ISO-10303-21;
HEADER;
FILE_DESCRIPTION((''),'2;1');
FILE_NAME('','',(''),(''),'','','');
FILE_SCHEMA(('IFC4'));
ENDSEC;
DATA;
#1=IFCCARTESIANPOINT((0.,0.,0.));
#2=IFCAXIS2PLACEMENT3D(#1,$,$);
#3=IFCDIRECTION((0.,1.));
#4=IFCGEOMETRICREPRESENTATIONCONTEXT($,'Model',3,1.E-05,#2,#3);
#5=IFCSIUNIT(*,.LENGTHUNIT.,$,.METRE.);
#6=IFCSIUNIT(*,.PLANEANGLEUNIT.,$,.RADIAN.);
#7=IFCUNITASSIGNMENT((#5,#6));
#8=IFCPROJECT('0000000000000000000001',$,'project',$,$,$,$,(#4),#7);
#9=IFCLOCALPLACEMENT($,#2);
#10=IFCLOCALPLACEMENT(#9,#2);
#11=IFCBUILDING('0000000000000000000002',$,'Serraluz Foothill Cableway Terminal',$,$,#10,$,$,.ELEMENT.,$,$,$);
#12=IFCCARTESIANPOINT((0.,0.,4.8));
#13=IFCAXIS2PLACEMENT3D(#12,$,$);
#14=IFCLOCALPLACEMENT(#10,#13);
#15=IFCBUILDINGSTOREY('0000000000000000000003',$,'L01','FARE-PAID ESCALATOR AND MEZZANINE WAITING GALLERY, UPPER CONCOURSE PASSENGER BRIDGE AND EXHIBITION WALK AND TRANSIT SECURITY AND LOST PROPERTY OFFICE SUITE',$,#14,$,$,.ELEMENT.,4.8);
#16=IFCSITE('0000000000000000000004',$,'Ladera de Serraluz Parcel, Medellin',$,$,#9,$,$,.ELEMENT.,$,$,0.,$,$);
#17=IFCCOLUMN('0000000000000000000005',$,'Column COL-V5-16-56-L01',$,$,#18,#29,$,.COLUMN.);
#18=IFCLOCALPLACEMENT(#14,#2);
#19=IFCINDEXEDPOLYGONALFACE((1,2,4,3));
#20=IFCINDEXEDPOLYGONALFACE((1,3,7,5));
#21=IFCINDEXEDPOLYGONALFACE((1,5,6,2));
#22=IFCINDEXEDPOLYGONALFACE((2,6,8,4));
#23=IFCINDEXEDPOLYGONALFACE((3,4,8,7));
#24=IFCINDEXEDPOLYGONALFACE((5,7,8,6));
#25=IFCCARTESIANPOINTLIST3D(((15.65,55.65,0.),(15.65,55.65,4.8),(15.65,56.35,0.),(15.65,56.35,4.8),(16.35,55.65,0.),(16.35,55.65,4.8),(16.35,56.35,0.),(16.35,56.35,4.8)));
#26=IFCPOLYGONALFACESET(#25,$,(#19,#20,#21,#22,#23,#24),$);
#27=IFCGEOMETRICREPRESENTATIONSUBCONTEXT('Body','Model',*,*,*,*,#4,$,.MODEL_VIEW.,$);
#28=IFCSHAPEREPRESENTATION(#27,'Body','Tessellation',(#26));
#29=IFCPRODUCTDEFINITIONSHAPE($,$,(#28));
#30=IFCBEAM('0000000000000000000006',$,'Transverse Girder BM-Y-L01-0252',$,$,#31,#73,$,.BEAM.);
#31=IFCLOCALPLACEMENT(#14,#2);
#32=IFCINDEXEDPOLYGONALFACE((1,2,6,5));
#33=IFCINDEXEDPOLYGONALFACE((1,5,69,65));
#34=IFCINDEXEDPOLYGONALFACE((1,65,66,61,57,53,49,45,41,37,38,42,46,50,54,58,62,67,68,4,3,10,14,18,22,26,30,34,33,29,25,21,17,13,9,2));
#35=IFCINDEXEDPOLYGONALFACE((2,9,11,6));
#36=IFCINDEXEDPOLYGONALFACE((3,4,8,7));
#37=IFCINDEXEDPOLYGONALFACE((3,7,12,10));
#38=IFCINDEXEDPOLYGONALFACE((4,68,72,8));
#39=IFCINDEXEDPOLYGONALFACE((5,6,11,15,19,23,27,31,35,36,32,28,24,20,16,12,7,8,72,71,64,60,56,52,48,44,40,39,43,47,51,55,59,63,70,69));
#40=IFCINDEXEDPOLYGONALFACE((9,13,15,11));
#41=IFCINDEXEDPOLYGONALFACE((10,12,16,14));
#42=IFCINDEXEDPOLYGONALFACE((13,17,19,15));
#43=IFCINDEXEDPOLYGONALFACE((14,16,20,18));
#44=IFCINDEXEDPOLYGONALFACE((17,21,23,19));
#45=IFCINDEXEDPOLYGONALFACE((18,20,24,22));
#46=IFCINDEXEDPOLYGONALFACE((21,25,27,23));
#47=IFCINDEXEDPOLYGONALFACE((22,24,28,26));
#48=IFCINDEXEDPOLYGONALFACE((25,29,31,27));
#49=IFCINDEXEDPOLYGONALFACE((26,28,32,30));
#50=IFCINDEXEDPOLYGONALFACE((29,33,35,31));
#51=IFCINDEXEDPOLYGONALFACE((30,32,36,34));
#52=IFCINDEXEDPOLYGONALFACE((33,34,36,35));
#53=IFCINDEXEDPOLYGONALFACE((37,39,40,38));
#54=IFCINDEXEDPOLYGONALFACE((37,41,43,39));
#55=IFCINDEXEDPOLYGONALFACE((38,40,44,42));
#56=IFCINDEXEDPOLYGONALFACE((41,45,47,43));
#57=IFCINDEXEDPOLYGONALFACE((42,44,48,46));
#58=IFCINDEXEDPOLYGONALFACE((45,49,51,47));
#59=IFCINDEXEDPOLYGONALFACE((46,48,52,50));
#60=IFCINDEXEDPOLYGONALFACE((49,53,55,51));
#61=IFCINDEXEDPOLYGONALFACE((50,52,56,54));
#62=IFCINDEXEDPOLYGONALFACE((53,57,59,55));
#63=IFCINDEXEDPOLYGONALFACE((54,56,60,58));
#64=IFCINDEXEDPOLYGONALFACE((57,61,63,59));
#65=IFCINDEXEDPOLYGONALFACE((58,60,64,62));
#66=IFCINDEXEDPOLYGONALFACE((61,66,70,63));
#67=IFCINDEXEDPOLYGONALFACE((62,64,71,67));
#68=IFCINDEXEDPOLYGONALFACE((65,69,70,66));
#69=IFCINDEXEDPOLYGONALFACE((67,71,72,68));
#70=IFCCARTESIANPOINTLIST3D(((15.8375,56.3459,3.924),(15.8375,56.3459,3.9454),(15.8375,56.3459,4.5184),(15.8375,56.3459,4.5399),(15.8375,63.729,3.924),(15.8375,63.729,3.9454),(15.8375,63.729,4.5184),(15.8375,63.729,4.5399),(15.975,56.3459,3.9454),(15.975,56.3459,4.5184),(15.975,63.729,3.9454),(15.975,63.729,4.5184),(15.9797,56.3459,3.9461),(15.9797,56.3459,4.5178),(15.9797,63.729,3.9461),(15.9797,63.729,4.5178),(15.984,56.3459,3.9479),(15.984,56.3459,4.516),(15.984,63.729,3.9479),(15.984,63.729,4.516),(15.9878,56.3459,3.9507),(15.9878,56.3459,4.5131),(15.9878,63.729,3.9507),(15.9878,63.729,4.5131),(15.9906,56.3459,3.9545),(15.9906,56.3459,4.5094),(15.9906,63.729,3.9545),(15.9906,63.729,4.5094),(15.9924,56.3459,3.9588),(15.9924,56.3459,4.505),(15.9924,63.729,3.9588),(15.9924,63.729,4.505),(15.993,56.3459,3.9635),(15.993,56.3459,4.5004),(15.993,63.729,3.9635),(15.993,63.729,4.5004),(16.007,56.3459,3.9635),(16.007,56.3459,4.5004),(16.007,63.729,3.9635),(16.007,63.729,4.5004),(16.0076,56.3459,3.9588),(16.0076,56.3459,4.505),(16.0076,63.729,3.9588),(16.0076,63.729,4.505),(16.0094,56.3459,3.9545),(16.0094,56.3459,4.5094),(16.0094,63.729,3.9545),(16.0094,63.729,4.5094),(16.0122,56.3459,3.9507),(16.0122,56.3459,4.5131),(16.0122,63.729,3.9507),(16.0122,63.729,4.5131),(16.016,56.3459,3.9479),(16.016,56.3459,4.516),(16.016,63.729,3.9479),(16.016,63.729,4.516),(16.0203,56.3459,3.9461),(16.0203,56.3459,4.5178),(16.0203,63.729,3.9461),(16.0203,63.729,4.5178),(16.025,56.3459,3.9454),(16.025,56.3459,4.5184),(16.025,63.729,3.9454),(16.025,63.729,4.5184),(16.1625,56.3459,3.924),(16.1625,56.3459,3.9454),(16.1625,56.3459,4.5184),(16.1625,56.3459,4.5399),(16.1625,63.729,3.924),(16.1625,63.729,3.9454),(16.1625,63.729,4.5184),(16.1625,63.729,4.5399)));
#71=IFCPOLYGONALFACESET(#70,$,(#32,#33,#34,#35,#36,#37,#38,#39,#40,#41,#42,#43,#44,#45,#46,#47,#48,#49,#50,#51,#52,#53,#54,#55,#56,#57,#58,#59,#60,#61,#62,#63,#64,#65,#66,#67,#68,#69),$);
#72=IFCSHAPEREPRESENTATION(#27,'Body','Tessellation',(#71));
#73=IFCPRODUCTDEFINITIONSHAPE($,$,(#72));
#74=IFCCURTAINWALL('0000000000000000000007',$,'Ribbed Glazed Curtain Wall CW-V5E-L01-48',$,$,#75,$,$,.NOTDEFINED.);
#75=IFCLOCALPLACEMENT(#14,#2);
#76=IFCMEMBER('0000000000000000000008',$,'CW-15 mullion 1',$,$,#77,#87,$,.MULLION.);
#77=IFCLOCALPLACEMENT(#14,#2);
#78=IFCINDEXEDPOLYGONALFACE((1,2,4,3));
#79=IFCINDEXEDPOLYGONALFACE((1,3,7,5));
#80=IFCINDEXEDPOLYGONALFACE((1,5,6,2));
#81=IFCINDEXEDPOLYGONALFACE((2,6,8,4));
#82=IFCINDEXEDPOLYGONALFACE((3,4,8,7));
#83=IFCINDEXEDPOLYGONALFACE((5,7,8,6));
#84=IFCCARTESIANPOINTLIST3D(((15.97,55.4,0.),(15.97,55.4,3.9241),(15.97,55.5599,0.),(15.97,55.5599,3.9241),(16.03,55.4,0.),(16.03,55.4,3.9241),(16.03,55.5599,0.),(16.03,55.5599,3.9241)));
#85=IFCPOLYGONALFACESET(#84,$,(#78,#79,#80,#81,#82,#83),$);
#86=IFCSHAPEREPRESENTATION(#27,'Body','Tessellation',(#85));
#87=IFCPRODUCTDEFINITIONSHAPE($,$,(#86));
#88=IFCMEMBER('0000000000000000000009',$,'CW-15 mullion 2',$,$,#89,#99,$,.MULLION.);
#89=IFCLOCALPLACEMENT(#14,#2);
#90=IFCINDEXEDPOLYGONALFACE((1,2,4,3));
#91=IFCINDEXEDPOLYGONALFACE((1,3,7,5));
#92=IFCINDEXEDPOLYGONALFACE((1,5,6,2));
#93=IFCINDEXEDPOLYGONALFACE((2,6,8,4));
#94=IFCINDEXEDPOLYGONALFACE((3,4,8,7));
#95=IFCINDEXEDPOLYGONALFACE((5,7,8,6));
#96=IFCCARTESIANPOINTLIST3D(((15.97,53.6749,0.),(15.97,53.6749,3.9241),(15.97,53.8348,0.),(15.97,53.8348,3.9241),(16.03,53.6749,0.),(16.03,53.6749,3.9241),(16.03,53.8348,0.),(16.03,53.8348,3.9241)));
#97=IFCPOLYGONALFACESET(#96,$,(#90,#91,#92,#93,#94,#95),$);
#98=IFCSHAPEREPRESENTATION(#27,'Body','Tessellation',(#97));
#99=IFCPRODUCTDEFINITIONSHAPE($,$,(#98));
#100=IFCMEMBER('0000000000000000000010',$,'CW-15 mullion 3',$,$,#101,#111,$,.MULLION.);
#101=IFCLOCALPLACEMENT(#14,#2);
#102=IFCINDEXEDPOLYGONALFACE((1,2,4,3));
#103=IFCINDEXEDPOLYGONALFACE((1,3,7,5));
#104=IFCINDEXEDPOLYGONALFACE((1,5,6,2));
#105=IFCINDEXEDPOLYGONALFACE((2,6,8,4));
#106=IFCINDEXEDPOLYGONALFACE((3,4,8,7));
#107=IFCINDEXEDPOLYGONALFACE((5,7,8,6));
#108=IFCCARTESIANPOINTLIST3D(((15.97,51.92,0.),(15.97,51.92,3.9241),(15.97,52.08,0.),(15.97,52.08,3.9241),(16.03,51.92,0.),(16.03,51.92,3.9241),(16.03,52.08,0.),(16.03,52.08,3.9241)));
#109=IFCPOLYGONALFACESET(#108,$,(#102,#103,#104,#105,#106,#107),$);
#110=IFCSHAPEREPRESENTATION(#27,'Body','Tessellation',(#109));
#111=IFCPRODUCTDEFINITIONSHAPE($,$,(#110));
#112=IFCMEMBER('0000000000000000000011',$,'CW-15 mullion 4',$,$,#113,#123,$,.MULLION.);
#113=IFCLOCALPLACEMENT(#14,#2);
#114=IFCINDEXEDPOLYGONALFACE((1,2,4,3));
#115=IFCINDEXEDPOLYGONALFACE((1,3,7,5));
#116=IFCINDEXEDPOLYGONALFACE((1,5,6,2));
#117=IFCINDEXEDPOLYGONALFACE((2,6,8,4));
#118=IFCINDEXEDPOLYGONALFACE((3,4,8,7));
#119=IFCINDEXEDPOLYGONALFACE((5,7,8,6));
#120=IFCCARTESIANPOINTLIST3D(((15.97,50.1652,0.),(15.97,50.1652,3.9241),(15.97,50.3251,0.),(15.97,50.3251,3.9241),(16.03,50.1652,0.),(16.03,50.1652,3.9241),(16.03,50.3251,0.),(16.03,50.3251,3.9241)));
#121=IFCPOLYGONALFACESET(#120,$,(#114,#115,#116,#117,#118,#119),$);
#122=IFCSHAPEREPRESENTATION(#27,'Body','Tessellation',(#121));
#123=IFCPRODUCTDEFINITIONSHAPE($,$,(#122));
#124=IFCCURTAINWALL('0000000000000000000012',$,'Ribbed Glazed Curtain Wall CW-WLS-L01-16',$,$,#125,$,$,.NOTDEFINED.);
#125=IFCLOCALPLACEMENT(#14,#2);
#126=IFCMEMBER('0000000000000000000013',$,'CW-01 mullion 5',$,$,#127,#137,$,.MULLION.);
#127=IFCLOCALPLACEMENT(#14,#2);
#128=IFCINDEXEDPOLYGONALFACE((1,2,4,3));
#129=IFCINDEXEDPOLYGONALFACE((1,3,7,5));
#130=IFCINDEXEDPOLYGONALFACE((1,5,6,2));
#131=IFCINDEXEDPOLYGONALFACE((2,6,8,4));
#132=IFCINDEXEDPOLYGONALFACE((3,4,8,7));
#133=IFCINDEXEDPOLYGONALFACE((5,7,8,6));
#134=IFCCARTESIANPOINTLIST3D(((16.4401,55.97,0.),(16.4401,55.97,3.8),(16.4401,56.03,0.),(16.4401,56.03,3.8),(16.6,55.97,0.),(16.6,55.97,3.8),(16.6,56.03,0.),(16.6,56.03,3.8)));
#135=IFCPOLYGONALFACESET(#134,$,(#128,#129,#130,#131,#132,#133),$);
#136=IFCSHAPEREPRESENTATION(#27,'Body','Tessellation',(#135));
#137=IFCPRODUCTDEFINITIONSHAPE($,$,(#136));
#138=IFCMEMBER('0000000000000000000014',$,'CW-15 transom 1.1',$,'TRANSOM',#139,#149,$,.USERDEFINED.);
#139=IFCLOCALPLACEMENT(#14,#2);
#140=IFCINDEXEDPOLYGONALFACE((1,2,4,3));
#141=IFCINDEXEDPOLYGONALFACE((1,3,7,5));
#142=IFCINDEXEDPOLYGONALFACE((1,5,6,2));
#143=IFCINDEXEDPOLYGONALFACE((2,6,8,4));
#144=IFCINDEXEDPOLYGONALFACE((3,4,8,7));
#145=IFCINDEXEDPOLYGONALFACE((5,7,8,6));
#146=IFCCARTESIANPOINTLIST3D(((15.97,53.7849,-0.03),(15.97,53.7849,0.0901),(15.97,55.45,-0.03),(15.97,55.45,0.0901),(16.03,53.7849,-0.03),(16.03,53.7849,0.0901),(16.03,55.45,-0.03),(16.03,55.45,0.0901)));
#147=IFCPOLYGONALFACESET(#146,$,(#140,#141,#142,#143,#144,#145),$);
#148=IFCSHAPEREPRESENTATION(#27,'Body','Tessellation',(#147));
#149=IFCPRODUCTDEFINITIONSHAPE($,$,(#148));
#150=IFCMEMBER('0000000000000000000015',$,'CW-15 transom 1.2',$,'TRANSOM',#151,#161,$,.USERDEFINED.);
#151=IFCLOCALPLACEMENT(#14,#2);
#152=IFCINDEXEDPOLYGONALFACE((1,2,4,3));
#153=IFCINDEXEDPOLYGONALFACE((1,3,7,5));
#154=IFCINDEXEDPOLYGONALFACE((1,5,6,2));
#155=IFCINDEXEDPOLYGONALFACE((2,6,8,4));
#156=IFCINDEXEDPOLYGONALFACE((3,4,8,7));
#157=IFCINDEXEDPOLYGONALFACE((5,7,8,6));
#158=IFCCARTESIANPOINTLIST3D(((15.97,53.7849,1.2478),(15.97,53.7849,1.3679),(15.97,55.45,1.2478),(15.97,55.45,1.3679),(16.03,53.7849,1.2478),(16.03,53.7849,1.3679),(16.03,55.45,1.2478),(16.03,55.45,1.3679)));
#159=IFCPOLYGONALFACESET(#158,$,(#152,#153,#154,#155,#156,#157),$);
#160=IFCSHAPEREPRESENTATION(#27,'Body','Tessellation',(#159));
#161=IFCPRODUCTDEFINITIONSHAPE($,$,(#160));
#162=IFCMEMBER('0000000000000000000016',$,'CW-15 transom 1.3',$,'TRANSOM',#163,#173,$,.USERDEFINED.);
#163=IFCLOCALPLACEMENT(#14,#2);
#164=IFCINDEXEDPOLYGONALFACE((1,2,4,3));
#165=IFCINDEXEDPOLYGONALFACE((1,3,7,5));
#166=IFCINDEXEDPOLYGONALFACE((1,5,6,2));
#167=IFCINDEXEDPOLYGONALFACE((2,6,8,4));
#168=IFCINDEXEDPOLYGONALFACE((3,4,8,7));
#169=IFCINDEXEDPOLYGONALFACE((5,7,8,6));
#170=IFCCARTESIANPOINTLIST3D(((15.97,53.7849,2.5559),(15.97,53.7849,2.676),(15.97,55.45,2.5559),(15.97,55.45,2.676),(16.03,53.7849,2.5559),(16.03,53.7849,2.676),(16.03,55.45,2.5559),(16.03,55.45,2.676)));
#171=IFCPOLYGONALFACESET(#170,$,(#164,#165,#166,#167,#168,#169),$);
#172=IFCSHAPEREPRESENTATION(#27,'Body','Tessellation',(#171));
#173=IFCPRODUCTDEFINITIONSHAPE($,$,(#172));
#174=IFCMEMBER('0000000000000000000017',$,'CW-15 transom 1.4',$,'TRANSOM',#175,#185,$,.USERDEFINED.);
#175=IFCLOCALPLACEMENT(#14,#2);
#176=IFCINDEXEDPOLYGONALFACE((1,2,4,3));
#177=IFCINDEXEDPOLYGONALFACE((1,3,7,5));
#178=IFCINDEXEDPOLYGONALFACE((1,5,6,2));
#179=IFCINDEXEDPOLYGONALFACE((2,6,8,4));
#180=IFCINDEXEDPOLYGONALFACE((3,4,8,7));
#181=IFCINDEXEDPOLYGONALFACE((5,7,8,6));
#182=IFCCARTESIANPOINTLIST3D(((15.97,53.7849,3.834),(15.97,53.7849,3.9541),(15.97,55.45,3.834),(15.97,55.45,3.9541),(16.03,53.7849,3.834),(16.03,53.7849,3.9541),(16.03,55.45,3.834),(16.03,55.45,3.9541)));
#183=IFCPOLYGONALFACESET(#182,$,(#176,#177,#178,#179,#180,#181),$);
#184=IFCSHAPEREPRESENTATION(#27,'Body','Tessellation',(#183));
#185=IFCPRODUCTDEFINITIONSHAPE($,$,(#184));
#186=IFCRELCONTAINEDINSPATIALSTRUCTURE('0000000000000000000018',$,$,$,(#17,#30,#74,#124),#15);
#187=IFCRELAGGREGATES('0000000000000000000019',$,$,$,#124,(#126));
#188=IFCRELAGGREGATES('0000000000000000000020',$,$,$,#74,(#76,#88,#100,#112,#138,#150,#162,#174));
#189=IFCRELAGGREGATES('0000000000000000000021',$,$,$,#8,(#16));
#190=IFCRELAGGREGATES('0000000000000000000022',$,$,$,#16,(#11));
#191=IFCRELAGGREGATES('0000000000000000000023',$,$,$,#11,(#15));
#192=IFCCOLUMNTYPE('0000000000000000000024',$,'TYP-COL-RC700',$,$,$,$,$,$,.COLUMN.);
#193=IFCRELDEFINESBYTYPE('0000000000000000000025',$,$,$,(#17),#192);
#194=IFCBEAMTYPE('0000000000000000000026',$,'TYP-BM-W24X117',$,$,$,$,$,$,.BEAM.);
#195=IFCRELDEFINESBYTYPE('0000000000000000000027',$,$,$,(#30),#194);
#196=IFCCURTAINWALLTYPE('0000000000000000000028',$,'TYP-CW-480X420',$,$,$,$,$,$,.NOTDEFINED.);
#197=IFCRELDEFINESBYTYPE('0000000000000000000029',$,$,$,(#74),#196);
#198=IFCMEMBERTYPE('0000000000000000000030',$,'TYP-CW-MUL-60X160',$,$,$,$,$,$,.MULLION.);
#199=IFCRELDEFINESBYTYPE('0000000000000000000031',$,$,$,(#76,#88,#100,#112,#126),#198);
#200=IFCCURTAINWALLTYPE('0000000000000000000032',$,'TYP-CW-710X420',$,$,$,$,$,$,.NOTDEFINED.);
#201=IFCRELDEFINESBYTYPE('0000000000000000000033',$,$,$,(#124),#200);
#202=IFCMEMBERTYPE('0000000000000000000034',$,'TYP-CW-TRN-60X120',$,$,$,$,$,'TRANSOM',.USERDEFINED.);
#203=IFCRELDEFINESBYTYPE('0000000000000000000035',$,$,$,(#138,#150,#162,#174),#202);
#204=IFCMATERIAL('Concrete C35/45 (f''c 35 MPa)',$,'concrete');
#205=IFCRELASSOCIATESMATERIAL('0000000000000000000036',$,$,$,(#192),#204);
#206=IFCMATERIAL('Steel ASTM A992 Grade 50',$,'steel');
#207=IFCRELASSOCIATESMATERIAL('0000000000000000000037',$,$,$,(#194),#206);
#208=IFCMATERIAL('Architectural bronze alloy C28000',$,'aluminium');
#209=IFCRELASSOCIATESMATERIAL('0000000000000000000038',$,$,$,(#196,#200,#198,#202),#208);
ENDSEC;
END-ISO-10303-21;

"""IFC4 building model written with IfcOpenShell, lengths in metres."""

from ifc_helpers import new_model, si_unit, direction, frame, origin, origin_2d, place, context, subcontext, project, spatial, rectangle, i_section, extrude, material, material_profile, profile_set, type_object, element, aggregate, save


model = new_model("IFC4")

# Units and contexts
model_context = context("Model", 3, precision=1e-05, world=origin(), true_north=direction((0.0, 1.0)))
body_context = subcontext(model_context, "Body", "Model", "MODEL_VIEW")
ifc_project = project(units=[si_unit("LENGTHUNIT", "METRE"), si_unit("PLANEANGLEUNIT", "RADIAN")], contexts=[model_context])

# Site, building, storey
site_placement = place(None, origin())
site = spatial("IfcSite", under=ifc_project, at=site_placement, Name="Ladera de Serraluz Parcel, Medellin", CompositionType="ELEMENT", RefElevation=0.0)
building_placement = place(site_placement, origin())
building = spatial("IfcBuilding", under=site, at=building_placement, Name="Serraluz Foothill Cableway Terminal", CompositionType="ELEMENT")
storey_placement = place(building_placement, frame((0.0, 0.0, 4.8)))
storey = spatial("IfcBuildingStorey", under=building, at=storey_placement, Name="L01", Description="FARE-PAID ESCALATOR AND MEZZANINE WAITING GALLERY, UPPER CONCOURSE PASSENGER BRIDGE AND EXHIBITION WALK AND TRANSIT SECURITY AND LOST PROPERTY OFFICE SUITE", CompositionType="ELEMENT", Elevation=4.8)

# Column
ifc_material_1 = material(Name="Concrete C35/45 (f'c 35 MPa)", Category="concrete")
ifc_material_profile_1 = material_profile(ifc_material_1, rectangle(XDim=0.7, YDim=0.7, at=origin_2d()), Name="RC 700x700")
ifc_profile_set_1 = profile_set([ifc_material_profile_1], Name="Concrete C35/45 (f'c 35 MPa)")
column_type = type_object("IfcColumnType", Name="TYP-COL-RC700", PredefinedType="COLUMN", material=ifc_profile_set_1)
column_placement = place(storey_placement, frame((16.0, 56.0, 0.0), z_axis=(0.0, 0.0, 1.0), x_axis=(1.0, 0.0, 0.0)))
element("IfcColumn", 1, at=column_placement, inside=storey, type_object=column_type, Name="Column COL-V5-16-56-L01", PredefinedType="COLUMN", context=body_context, shape_type="SweptSolid", body=[
    extrude(rectangle(XDim=0.7, YDim=0.7, at=origin_2d()), origin(), (0.0, 0.0, 1.0), 4.8),
])

# Beam
ifc_material_2 = material(Name="Steel ASTM A992 Grade 50", Category="steel")
ifc_material_profile_2 = material_profile(ifc_material_2, i_section(OverallWidth=0.325, OverallDepth=0.616, WebThickness=0.0139, FlangeThickness=0.0215, FilletRadius=0.0181, at=origin_2d()), Name="W24X117")
ifc_profile_set_2 = profile_set([ifc_material_profile_2], Name="Steel ASTM A992 Grade 50")
beam_type_1 = type_object("IfcBeamType", Name="TYP-BM-W24X117", PredefinedType="BEAM", material=ifc_profile_set_2)
beam_1_placement = place(storey_placement, frame((16.0, 56.3459, 4.2319), z_axis=(0.0, 1.0, 0.0), x_axis=(-1.0, 0.0, 0.0)))
element("IfcBeam", 2, at=beam_1_placement, inside=storey, type_object=beam_type_1, Name="Transverse Girder BM-Y-L01-0252", PredefinedType="BEAM", context=body_context, shape_type="SweptSolid", body=[
    extrude(i_section(OverallWidth=0.325, OverallDepth=0.616, WebThickness=0.0139, FlangeThickness=0.0215, FilletRadius=0.0181, at=origin_2d()), origin(), (0.0, 0.0, 1.0), 7.3831),
])

# Curtain wall, members
ifc_material_3 = material(Name="Architectural bronze alloy C28000", Category="aluminium")
curtain_wall_type_1 = type_object("IfcCurtainWallType", Name="TYP-CW-480X420", PredefinedType="NOTDEFINED", material=ifc_material_3)
curtain_wall_1_placement = place(storey_placement, origin())
curtain_wall_1 = element("IfcCurtainWall", 3, at=curtain_wall_1_placement, inside=storey, type_object=curtain_wall_type_1, Name="Ribbed Glazed Curtain Wall CW-V5E-L01-48", PredefinedType="NOTDEFINED")
ifc_material_profile_3 = material_profile(ifc_material_3, rectangle(XDim=0.0601, YDim=0.1599, at=origin_2d()), Name="ALU MULLION 60x160")
ifc_profile_set_3 = profile_set([ifc_material_profile_3], Name="Architectural bronze alloy C28000")
member_type_1 = type_object("IfcMemberType", Name="TYP-CW-MUL-60X160", PredefinedType="MULLION", material=ifc_profile_set_3)
member_1_placement = place(storey_placement, frame((16.0, 55.48, 0.0), z_axis=(0.0, 0.0, 1.0), x_axis=(1.0, 0.0, 0.0)))
member_1 = element("IfcMember", 4, at=member_1_placement, type_object=member_type_1, Name="CW-15 mullion 1", PredefinedType="MULLION", context=body_context, shape_type="SweptSolid", body=[
    extrude(rectangle(XDim=0.0601, YDim=0.1599, at=origin_2d()), origin(), (0.0, 0.0, 1.0), 3.9241),
])
member_2_placement = place(storey_placement, frame((16.0, 53.7549, 0.0), z_axis=(0.0, 0.0, 1.0), x_axis=(1.0, 0.0, 0.0)))
member_2 = element("IfcMember", 5, at=member_2_placement, type_object=member_type_1, Name="CW-15 mullion 2", PredefinedType="MULLION", context=body_context, shape_type="SweptSolid", body=[
    extrude(rectangle(XDim=0.0601, YDim=0.1599, at=origin_2d()), origin(), (0.0, 0.0, 1.0), 3.9241),
])
member_3_placement = place(storey_placement, frame((16.0, 52.0, 0.0), z_axis=(0.0, 0.0, 1.0), x_axis=(1.0, 0.0, 0.0)))
member_3 = element("IfcMember", 6, at=member_3_placement, type_object=member_type_1, Name="CW-15 mullion 3", PredefinedType="MULLION", context=body_context, shape_type="SweptSolid", body=[
    extrude(rectangle(XDim=0.0601, YDim=0.1599, at=origin_2d()), origin(), (0.0, 0.0, 1.0), 3.9241),
])
member_4_placement = place(storey_placement, frame((16.0, 50.2451, 0.0), z_axis=(0.0, 0.0, 1.0), x_axis=(1.0, 0.0, 0.0)))
member_4 = element("IfcMember", 7, at=member_4_placement, type_object=member_type_1, Name="CW-15 mullion 4", PredefinedType="MULLION", context=body_context, shape_type="SweptSolid", body=[
    extrude(rectangle(XDim=0.0601, YDim=0.1599, at=origin_2d()), origin(), (0.0, 0.0, 1.0), 3.9241),
])

# Curtain wall, member
curtain_wall_type_2 = type_object("IfcCurtainWallType", Name="TYP-CW-710X420", PredefinedType="NOTDEFINED", material=ifc_material_3)
curtain_wall_2_placement = place(storey_placement, origin())
curtain_wall_2 = element("IfcCurtainWall", 8, at=curtain_wall_2_placement, inside=storey, type_object=curtain_wall_type_2, Name="Ribbed Glazed Curtain Wall CW-WLS-L01-16", PredefinedType="NOTDEFINED")
member_5_placement = place(storey_placement, frame((16.52, 56.0, 0.0), z_axis=(0.0, 0.0, 1.0), x_axis=(0.0, -1.0, 0.0)))
member_5 = element("IfcMember", 9, at=member_5_placement, type_object=member_type_1, Name="CW-01 mullion 5", PredefinedType="MULLION", context=body_context, shape_type="SweptSolid", body=[
    extrude(rectangle(XDim=0.0601, YDim=0.1599, at=origin_2d()), origin(), (0.0, 0.0, 1.0), 3.8),
])
aggregate(curtain_wall_2, [member_5])

# Members
ifc_material_profile_4 = material_profile(ifc_material_3, rectangle(XDim=0.0601, YDim=0.1201, at=origin_2d()), Name="ALU TRANSOM 60x120")
ifc_profile_set_4 = profile_set([ifc_material_profile_4], Name="Architectural bronze alloy C28000")
member_type_2 = type_object("IfcMemberType", Name="TYP-CW-TRN-60X120", ElementType="TRANSOM", PredefinedType="USERDEFINED", material=ifc_profile_set_4)
member_6_placement = place(storey_placement, frame((16.0, 55.45, 0.03), z_axis=(0.0, -1.0, 0.0), x_axis=(1.0, 0.0, 0.0)))
member_6 = element("IfcMember", 10, at=member_6_placement, type_object=member_type_2, Name="CW-15 transom 1.1", ObjectType="TRANSOM", PredefinedType="USERDEFINED", context=body_context, shape_type="SweptSolid", body=[
    extrude(rectangle(XDim=0.0601, YDim=0.1201, at=origin_2d()), origin(), (0.0, 0.0, 1.0), 1.665),
])
member_7_placement = place(storey_placement, frame((16.0, 55.45, 1.3079), z_axis=(0.0, -1.0, 0.0), x_axis=(1.0, 0.0, 0.0)))
member_7 = element("IfcMember", 11, at=member_7_placement, type_object=member_type_2, Name="CW-15 transom 1.2", ObjectType="TRANSOM", PredefinedType="USERDEFINED", context=body_context, shape_type="SweptSolid", body=[
    extrude(rectangle(XDim=0.0601, YDim=0.1201, at=origin_2d()), origin(), (0.0, 0.0, 1.0), 1.665),
])
member_8_placement = place(storey_placement, frame((16.0, 55.45, 2.616), z_axis=(0.0, -1.0, 0.0), x_axis=(1.0, 0.0, 0.0)))
member_8 = element("IfcMember", 12, at=member_8_placement, type_object=member_type_2, Name="CW-15 transom 1.3", ObjectType="TRANSOM", PredefinedType="USERDEFINED", context=body_context, shape_type="SweptSolid", body=[
    extrude(rectangle(XDim=0.0601, YDim=0.1201, at=origin_2d()), origin(), (0.0, 0.0, 1.0), 1.665),
])
member_9_placement = place(storey_placement, frame((16.0, 55.45, 3.894), z_axis=(0.0, -1.0, 0.0), x_axis=(1.0, 0.0, 0.0)))
member_9 = element("IfcMember", 13, at=member_9_placement, type_object=member_type_2, Name="CW-15 transom 1.4", ObjectType="TRANSOM", PredefinedType="USERDEFINED", context=body_context, shape_type="SweptSolid", body=[
    extrude(rectangle(XDim=0.0601, YDim=0.1201, at=origin_2d()), origin(), (0.0, 0.0, 1.0), 1.665),
])

aggregate(curtain_wall_1, [member_1, member_2, member_3, member_4, member_6, member_7, member_8, member_9])

save(model, "model.ifc")
